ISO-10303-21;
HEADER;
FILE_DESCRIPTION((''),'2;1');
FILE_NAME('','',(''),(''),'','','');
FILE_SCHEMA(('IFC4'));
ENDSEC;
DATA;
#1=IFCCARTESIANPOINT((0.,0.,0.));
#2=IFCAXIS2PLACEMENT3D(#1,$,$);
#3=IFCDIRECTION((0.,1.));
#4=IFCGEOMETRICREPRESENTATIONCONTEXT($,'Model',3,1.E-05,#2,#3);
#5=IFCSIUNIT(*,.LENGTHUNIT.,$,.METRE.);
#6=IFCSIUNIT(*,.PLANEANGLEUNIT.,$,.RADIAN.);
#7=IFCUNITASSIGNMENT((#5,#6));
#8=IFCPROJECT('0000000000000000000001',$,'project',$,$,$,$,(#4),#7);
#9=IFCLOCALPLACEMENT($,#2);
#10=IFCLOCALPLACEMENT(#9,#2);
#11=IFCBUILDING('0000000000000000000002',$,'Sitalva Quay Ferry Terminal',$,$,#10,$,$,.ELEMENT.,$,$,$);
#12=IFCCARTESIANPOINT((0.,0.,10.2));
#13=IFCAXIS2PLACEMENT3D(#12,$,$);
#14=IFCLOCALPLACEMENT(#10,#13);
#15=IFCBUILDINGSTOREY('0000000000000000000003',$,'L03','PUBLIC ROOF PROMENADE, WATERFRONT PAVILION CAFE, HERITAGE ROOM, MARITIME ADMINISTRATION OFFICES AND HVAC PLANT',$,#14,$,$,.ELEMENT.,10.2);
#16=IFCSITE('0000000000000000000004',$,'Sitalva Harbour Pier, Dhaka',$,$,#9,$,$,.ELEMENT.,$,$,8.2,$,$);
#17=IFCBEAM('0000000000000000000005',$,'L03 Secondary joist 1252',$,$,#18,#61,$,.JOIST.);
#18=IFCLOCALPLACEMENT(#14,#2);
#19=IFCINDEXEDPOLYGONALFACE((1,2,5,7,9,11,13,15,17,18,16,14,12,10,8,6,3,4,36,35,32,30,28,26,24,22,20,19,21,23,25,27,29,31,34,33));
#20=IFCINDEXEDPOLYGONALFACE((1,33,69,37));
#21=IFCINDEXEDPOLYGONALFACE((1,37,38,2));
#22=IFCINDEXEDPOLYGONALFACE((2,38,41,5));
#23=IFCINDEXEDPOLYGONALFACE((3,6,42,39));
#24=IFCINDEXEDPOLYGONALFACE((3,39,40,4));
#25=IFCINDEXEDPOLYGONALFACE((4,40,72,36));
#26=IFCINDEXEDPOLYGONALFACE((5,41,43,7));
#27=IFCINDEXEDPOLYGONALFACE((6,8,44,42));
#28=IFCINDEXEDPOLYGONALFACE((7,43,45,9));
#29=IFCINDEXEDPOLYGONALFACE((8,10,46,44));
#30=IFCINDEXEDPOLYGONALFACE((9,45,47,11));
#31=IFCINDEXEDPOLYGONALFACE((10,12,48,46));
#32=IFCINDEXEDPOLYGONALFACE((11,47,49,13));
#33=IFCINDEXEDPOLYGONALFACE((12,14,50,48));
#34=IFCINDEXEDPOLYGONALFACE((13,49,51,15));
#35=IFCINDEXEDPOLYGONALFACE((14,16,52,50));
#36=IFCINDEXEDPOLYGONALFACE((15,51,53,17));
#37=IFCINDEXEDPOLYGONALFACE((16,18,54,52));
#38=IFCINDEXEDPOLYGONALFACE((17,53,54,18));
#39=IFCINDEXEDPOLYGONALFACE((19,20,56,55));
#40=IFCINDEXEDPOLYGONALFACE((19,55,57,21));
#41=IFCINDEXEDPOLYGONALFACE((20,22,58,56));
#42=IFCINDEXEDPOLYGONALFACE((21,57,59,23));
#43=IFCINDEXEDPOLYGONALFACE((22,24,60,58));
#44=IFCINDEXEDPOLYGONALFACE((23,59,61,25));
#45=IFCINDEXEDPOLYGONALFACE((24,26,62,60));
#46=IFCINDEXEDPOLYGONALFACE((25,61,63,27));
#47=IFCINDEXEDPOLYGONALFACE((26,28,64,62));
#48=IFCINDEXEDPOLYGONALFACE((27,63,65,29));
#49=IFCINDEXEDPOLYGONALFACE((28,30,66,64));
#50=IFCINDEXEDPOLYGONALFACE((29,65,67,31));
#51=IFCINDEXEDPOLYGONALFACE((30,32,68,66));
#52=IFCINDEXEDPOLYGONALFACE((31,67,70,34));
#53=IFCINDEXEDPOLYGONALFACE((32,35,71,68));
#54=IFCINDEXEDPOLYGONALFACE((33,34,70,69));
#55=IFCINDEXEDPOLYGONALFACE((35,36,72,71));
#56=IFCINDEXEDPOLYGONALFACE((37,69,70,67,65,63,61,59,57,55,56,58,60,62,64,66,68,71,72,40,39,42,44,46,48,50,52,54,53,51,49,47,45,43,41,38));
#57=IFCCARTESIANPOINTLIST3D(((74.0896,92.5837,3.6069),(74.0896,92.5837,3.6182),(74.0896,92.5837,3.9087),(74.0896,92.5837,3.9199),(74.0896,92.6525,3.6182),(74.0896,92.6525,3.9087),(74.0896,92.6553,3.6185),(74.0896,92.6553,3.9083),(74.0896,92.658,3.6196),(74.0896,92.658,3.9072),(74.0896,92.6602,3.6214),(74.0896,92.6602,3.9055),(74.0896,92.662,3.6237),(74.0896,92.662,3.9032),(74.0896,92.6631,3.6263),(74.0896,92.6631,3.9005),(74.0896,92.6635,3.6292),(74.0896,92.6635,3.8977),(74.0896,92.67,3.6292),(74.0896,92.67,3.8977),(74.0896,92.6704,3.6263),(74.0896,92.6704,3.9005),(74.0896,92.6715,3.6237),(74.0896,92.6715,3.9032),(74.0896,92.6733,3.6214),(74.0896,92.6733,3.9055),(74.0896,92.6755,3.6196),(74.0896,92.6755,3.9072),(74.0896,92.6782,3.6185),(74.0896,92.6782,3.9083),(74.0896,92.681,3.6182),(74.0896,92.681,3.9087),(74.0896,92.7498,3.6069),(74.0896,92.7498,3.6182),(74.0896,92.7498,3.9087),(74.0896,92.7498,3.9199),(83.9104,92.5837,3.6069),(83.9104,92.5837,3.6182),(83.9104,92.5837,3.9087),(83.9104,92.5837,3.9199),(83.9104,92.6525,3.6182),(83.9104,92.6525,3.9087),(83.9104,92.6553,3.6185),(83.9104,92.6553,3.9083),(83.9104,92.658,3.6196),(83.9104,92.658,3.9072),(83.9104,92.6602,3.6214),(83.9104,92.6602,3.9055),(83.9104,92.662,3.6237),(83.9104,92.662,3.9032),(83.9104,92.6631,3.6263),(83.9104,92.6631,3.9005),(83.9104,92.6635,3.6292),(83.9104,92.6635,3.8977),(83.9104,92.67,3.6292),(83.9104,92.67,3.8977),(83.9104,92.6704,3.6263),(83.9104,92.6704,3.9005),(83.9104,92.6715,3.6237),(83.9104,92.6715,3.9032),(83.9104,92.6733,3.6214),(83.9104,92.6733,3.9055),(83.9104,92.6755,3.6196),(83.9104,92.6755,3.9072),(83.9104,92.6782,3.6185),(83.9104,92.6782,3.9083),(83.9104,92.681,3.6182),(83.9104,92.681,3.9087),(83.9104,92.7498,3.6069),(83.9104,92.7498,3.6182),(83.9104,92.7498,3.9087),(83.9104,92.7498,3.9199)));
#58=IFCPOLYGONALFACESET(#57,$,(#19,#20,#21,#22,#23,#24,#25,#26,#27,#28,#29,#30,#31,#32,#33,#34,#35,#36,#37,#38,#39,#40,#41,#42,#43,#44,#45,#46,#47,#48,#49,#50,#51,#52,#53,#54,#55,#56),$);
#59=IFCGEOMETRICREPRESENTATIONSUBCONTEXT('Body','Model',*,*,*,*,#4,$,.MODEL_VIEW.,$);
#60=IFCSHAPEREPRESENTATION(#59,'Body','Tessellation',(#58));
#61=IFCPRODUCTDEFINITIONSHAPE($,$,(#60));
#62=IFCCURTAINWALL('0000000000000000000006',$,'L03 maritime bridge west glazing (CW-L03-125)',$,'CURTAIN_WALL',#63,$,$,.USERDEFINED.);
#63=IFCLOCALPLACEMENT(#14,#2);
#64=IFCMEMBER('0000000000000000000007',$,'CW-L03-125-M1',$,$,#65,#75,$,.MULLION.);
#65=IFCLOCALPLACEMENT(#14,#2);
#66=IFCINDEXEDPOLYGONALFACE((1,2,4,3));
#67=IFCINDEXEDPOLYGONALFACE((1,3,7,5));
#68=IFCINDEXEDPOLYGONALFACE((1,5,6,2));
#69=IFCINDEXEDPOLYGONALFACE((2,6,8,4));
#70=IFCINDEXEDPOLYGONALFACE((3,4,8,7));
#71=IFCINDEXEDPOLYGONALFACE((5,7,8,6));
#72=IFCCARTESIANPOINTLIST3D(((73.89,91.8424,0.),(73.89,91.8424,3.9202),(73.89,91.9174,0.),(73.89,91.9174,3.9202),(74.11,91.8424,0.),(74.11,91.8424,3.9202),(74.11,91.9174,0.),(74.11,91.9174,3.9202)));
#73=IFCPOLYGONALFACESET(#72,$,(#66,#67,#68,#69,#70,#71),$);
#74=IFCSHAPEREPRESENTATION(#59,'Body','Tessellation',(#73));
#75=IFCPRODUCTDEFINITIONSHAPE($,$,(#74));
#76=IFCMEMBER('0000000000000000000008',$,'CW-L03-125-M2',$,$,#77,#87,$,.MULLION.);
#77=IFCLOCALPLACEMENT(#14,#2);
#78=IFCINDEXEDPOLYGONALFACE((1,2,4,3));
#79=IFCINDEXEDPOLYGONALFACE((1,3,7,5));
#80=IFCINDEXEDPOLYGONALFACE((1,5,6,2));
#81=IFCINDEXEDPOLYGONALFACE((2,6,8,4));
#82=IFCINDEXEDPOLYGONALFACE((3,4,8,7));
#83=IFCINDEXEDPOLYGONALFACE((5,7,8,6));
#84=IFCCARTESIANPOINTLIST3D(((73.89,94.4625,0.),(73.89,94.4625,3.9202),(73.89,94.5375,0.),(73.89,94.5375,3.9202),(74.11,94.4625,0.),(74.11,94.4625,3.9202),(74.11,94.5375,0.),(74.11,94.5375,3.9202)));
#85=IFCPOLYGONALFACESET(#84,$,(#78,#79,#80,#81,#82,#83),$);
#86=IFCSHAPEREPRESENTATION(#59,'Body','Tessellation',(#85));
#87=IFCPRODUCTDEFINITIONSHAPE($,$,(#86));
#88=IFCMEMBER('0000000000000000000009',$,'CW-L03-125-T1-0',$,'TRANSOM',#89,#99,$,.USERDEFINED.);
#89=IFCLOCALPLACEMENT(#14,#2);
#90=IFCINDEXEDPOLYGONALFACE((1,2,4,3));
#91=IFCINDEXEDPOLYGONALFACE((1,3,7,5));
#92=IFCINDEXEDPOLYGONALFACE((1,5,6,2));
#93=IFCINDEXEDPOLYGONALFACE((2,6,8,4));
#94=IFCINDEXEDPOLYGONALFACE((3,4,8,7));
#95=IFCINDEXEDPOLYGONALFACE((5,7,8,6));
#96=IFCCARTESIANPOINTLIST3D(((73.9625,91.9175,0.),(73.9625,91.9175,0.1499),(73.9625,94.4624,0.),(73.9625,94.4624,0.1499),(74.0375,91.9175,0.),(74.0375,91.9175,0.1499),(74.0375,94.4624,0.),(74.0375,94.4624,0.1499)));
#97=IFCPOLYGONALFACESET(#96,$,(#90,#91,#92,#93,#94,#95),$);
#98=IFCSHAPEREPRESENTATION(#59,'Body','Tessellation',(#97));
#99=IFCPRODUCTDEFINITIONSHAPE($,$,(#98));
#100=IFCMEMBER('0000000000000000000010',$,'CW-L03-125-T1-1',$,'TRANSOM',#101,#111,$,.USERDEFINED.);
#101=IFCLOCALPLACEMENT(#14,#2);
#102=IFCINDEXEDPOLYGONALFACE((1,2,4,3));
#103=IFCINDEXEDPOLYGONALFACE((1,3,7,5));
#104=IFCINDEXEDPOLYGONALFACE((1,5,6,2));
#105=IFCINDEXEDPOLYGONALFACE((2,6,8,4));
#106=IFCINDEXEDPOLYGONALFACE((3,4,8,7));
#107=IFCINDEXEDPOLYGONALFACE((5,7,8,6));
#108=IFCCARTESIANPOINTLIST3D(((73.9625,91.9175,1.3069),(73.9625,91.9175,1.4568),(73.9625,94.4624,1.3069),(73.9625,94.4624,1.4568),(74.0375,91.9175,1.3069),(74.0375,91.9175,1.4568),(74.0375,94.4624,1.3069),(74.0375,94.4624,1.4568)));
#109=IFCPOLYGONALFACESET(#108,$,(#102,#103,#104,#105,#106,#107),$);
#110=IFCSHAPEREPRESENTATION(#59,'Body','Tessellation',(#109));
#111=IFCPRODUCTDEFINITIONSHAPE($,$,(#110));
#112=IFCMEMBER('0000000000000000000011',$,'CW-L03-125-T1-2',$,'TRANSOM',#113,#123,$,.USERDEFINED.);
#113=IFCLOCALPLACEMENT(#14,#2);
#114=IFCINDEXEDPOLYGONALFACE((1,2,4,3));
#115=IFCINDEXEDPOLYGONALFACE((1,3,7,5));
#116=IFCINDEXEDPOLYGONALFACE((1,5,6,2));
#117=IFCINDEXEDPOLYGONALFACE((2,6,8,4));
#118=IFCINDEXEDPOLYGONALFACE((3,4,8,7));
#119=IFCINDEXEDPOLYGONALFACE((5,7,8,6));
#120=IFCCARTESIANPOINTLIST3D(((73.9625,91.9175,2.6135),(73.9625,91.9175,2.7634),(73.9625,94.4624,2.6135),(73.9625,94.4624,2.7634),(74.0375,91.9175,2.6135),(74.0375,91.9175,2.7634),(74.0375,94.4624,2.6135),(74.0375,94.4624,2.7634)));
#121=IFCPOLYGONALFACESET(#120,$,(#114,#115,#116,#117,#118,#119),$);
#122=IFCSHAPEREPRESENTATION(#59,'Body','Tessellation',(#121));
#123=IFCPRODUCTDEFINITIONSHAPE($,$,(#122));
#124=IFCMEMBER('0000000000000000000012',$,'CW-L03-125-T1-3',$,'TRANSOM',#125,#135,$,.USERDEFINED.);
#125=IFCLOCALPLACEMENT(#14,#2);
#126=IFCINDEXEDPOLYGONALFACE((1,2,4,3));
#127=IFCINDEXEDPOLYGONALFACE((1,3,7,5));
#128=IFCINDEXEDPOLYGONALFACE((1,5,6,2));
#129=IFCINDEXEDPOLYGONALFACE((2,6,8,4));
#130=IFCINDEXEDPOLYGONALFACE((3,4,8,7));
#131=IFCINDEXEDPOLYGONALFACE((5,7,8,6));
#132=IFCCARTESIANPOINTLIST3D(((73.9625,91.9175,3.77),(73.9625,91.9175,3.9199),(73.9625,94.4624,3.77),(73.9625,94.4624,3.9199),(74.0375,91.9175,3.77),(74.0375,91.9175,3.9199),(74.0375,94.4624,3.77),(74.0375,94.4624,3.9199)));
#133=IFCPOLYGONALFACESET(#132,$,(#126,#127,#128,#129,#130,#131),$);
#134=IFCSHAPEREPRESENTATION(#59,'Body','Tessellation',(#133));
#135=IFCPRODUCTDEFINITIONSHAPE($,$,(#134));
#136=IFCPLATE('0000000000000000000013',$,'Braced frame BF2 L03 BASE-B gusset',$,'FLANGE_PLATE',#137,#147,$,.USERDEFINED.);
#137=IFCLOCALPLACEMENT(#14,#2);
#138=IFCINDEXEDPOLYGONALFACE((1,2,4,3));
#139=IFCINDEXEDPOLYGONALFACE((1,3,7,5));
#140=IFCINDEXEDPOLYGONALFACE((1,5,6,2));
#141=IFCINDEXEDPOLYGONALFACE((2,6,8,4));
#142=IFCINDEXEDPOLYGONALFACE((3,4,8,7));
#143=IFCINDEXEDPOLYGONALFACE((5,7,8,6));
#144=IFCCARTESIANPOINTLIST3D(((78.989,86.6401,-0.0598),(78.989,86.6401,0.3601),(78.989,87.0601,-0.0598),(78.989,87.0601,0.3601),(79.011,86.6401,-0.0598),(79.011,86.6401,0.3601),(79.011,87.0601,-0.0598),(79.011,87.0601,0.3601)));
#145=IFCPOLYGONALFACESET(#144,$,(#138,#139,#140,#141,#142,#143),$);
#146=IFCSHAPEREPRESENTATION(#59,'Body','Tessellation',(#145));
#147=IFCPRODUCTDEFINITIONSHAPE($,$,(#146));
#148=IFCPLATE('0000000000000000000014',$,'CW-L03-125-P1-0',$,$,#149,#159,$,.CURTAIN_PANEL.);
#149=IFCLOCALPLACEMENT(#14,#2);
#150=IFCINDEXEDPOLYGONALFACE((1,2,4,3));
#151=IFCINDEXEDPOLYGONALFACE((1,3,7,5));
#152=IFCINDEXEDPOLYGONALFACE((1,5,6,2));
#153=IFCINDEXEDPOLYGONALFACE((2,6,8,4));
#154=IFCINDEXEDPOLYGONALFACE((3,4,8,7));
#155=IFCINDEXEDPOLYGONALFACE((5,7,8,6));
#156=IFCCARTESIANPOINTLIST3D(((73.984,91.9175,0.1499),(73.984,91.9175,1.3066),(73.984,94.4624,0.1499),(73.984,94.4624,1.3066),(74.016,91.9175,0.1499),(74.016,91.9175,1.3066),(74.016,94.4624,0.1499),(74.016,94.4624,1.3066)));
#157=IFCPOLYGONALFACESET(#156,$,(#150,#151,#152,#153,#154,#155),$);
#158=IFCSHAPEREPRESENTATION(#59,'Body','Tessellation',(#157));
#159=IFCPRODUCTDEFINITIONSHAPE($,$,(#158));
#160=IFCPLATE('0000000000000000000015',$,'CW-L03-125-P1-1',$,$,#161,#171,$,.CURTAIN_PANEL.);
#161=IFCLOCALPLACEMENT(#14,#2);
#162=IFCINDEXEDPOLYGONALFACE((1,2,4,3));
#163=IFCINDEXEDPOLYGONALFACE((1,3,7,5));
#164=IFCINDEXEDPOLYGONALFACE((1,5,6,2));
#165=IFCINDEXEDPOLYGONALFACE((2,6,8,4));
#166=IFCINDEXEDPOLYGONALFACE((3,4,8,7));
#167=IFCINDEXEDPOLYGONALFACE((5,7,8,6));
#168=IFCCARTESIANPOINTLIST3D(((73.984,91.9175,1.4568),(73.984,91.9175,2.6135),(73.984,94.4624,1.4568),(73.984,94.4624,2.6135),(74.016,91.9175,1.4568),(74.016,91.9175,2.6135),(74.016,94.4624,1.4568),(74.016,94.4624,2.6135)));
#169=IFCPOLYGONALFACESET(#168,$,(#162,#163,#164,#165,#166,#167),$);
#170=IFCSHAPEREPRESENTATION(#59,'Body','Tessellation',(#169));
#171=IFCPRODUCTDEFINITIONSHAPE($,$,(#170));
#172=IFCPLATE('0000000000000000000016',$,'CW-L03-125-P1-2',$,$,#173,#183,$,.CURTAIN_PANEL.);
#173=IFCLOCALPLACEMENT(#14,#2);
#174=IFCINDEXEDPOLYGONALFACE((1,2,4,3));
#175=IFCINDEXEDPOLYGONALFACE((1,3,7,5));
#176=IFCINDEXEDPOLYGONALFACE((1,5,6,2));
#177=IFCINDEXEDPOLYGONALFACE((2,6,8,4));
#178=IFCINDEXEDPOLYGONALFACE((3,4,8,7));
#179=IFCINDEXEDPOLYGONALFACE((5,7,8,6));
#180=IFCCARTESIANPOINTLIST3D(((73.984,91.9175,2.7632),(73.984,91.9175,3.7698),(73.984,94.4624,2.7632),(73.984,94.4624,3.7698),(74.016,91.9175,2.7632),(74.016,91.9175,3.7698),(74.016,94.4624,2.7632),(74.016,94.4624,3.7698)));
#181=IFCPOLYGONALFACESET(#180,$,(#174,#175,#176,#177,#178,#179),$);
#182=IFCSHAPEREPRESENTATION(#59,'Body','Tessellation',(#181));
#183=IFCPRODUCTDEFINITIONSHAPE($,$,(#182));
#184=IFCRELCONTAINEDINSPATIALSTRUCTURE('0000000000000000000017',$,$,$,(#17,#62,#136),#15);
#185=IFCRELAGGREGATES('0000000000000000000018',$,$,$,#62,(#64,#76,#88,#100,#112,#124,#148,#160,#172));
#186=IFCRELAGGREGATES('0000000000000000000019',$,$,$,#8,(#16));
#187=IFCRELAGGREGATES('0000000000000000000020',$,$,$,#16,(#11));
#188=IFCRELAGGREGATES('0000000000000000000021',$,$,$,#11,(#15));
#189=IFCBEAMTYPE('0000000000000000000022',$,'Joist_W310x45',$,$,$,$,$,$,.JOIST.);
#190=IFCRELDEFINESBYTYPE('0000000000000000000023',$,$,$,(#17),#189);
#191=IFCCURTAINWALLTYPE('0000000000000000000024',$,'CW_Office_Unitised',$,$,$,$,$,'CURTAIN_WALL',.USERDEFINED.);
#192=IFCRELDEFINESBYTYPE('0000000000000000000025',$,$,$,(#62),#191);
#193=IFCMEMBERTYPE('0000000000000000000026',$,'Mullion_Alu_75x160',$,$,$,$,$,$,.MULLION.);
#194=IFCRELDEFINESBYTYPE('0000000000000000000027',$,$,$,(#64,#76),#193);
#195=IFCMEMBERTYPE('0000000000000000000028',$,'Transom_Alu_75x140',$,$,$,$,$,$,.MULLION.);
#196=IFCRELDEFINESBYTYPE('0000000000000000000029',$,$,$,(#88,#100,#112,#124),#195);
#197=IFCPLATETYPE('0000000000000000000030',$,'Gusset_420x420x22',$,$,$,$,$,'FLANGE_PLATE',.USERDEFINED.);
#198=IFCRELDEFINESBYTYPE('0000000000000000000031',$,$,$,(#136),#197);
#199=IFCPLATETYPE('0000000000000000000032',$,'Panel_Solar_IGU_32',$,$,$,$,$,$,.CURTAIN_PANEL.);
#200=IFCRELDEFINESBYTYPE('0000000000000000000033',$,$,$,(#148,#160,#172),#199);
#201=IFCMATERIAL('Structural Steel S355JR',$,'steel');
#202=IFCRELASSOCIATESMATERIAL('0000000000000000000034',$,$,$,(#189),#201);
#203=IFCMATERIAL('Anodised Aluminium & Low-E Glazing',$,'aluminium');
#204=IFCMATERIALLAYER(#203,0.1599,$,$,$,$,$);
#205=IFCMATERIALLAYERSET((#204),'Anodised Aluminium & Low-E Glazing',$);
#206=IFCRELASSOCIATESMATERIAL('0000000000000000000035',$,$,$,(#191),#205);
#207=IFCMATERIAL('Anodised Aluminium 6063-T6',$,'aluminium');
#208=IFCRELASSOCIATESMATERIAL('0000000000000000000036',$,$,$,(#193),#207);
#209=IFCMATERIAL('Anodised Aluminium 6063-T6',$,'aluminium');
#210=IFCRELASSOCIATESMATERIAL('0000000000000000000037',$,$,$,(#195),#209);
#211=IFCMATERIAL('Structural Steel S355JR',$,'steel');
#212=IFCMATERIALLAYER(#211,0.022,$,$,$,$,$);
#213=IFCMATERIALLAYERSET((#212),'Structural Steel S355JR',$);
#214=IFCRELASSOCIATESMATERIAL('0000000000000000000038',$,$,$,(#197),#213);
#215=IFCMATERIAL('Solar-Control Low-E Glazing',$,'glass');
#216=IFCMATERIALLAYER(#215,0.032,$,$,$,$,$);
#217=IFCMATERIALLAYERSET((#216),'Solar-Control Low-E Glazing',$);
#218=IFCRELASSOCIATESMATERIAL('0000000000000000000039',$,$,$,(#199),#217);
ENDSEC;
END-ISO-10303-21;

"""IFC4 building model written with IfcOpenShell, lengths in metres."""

from ifc_helpers import new_model, si_unit, direction, frame, origin, origin_2d, place, context, subcontext, project, spatial, rectangle, i_section, extrude, material, layer, layer_set, material_profile, profile_set, type_object, element, aggregate, save


model = new_model("IFC4")

# Units and contexts
model_context = context("Model", 3, precision=1e-05, world=origin(), true_north=direction((0.0, 1.0)))
body_context = subcontext(model_context, "Body", "Model", "MODEL_VIEW")
ifc_project = project(units=[si_unit("LENGTHUNIT", "METRE"), si_unit("PLANEANGLEUNIT", "RADIAN")], contexts=[model_context])

# Site, building, storey
site_placement = place(None, origin())
site = spatial("IfcSite", under=ifc_project, at=site_placement, Name="Sitalva Harbour Pier, Dhaka", CompositionType="ELEMENT", RefElevation=8.2)
building_placement = place(site_placement, origin())
building = spatial("IfcBuilding", under=site, at=building_placement, Name="Sitalva Quay Ferry Terminal", CompositionType="ELEMENT")
storey_placement = place(building_placement, frame((0.0, 0.0, 10.2)))
storey = spatial("IfcBuildingStorey", under=building, at=storey_placement, Name="L03", Description="PUBLIC ROOF PROMENADE, WATERFRONT PAVILION CAFE, HERITAGE ROOM, MARITIME ADMINISTRATION OFFICES AND HVAC PLANT", CompositionType="ELEMENT", Elevation=10.2)

# Beam
ifc_material_1 = material(Name="Structural Steel S355JR", Category="steel")
ifc_material_profile_1 = material_profile(ifc_material_1, i_section(OverallWidth=0.166, OverallDepth=0.313, WebThickness=0.0066, FlangeThickness=0.0112, FilletRadius=0.011, at=origin_2d()), Name="W310x45")
ifc_profile_set_1 = profile_set([ifc_material_profile_1], Name="Structural Steel S355JR")
beam_type_1 = type_object("IfcBeamType", Name="Joist_W310x45", PredefinedType="JOIST", material=ifc_profile_set_1)
beam_1_placement = place(storey_placement, frame((74.0896, 92.6667, 3.7634), z_axis=(1.0, 0.0, 0.0), x_axis=(0.0, 1.0, 0.0)))
element("IfcBeam", 1, at=beam_1_placement, inside=storey, type_object=beam_type_1, Name="L03 Secondary joist 1252", PredefinedType="JOIST", context=body_context, shape_type="SweptSolid", body=[
    extrude(i_section(OverallWidth=0.166, OverallDepth=0.313, WebThickness=0.0066, FlangeThickness=0.0112, FilletRadius=0.011, at=origin_2d()), origin(), (0.0, 0.0, 1.0), 9.8208),
])

# Curtain wall, members
ifc_material_2 = material(Name="Anodised Aluminium & Low-E Glazing", Category="aluminium")
ifc_layer_1 = layer(ifc_material_2, 0.1599)
ifc_layer_set_1 = layer_set([ifc_layer_1], Name="Anodised Aluminium & Low-E Glazing")
curtain_wall_type = type_object("IfcCurtainWallType", Name="CW_Office_Unitised", ElementType="CURTAIN_WALL", PredefinedType="USERDEFINED", material=ifc_layer_set_1)
curtain_wall_placement = place(storey_placement, origin())
curtain_wall = element("IfcCurtainWall", 2, at=curtain_wall_placement, inside=storey, type_object=curtain_wall_type, Name="L03 maritime bridge west glazing (CW-L03-125)", ObjectType="CURTAIN_WALL", PredefinedType="USERDEFINED")
ifc_material_3 = material(Name="Anodised Aluminium 6063-T6", Category="aluminium")
ifc_material_profile_2 = material_profile(ifc_material_3, rectangle(XDim=0.075, YDim=0.22, at=origin_2d()), Name="ALU75x220")
ifc_profile_set_2 = profile_set([ifc_material_profile_2], Name="Anodised Aluminium 6063-T6")
member_type_1 = type_object("IfcMemberType", Name="Mullion_Alu_75x160", PredefinedType="MULLION", material=ifc_profile_set_2)
member_1_placement = place(storey_placement, frame((74.0, 91.8799, 0.0), z_axis=(0.0, 0.0, 1.0), x_axis=(0.0, 1.0, 0.0)))
member_1 = element("IfcMember", 3, at=member_1_placement, type_object=member_type_1, Name="CW-L03-125-M1", PredefinedType="MULLION", context=body_context, shape_type="SweptSolid", body=[
    extrude(rectangle(XDim=0.075, YDim=0.22, at=origin_2d()), origin(), (0.0, 0.0, 1.0), 3.9202),
])
member_2_placement = place(storey_placement, frame((74.0, 94.5, 0.0), z_axis=(0.0, 0.0, 1.0), x_axis=(0.0, 1.0, 0.0)))
member_2 = element("IfcMember", 4, at=member_2_placement, type_object=member_type_1, Name="CW-L03-125-M2", PredefinedType="MULLION", context=body_context, shape_type="SweptSolid", body=[
    extrude(rectangle(XDim=0.075, YDim=0.22, at=origin_2d()), origin(), (0.0, 0.0, 1.0), 3.9202),
])
ifc_material_4 = material(Name="Anodised Aluminium 6063-T6", Category="aluminium")
ifc_material_profile_3 = material_profile(ifc_material_4, rectangle(XDim=0.075, YDim=0.1499, at=origin_2d()), Name="ALU75x150")
ifc_profile_set_3 = profile_set([ifc_material_profile_3], Name="Anodised Aluminium 6063-T6")
member_type_2 = type_object("IfcMemberType", Name="Transom_Alu_75x140", PredefinedType="MULLION", material=ifc_profile_set_3)
member_3_placement = place(storey_placement, frame((74.0, 91.9175, 0.075), z_axis=(0.0, 1.0, 0.0), x_axis=(-1.0, 0.0, 0.0)))
member_3 = element("IfcMember", 5, at=member_3_placement, type_object=member_type_2, Name="CW-L03-125-T1-0", ObjectType="TRANSOM", PredefinedType="USERDEFINED", context=body_context, shape_type="SweptSolid", body=[
    extrude(rectangle(XDim=0.075, YDim=0.1499, at=origin_2d()), origin(), (0.0, 0.0, 1.0), 2.5449),
])
member_4_placement = place(storey_placement, frame((74.0, 91.9175, 1.3818), z_axis=(0.0, 1.0, 0.0), x_axis=(-1.0, 0.0, 0.0)))
member_4 = element("IfcMember", 6, at=member_4_placement, type_object=member_type_2, Name="CW-L03-125-T1-1", ObjectType="TRANSOM", PredefinedType="USERDEFINED", context=body_context, shape_type="SweptSolid", body=[
    extrude(rectangle(XDim=0.075, YDim=0.1499, at=origin_2d()), origin(), (0.0, 0.0, 1.0), 2.5449),
])
member_5_placement = place(storey_placement, frame((74.0, 91.9175, 2.6885), z_axis=(0.0, 1.0, 0.0), x_axis=(-1.0, 0.0, 0.0)))
member_5 = element("IfcMember", 7, at=member_5_placement, type_object=member_type_2, Name="CW-L03-125-T1-2", ObjectType="TRANSOM", PredefinedType="USERDEFINED", context=body_context, shape_type="SweptSolid", body=[
    extrude(rectangle(XDim=0.075, YDim=0.1499, at=origin_2d()), origin(), (0.0, 0.0, 1.0), 2.5449),
])
member_6_placement = place(storey_placement, frame((74.0, 91.9175, 3.845), z_axis=(0.0, 1.0, 0.0), x_axis=(-1.0, 0.0, 0.0)))
member_6 = element("IfcMember", 8, at=member_6_placement, type_object=member_type_2, Name="CW-L03-125-T1-3", ObjectType="TRANSOM", PredefinedType="USERDEFINED", context=body_context, shape_type="SweptSolid", body=[
    extrude(rectangle(XDim=0.075, YDim=0.1499, at=origin_2d()), origin(), (0.0, 0.0, 1.0), 2.5449),
])

# Plates
ifc_material_5 = material(Name="Structural Steel S355JR", Category="steel")
ifc_layer_2 = layer(ifc_material_5, 0.022)
ifc_layer_set_2 = layer_set([ifc_layer_2], Name="Structural Steel S355JR")
plate_type_1 = type_object("IfcPlateType", Name="Gusset_420x420x22", ElementType="FLANGE_PLATE", PredefinedType="USERDEFINED", material=ifc_layer_set_2)
plate_1_placement = place(storey_placement, frame((79.0, 86.8501, -0.0598), z_axis=(0.0, 0.0, 1.0), x_axis=(1.0, 0.0, 0.0)))
element("IfcPlate", 9, at=plate_1_placement, inside=storey, type_object=plate_type_1, Name="Braced frame BF2 L03 BASE-B gusset", ObjectType="FLANGE_PLATE", PredefinedType="USERDEFINED", context=body_context, shape_type="SweptSolid", body=[
    extrude(rectangle(XDim=0.022, YDim=0.4199, at=origin_2d()), origin(), (0.0, 0.0, 1.0), 0.4199),
])
ifc_material_6 = material(Name="Solar-Control Low-E Glazing", Category="glass")
ifc_layer_3 = layer(ifc_material_6, 0.032)
ifc_layer_set_3 = layer_set([ifc_layer_3], Name="Solar-Control Low-E Glazing")
plate_type_2 = type_object("IfcPlateType", Name="Panel_Solar_IGU_32", PredefinedType="CURTAIN_PANEL", material=ifc_layer_set_3)
plate_2_placement = place(storey_placement, frame((74.0, 93.1899, 0.1499), z_axis=(0.0, 0.0, 1.0), x_axis=(0.0, 1.0, 0.0)))
plate_2 = element("IfcPlate", 10, at=plate_2_placement, type_object=plate_type_2, Name="CW-L03-125-P1-0", PredefinedType="CURTAIN_PANEL", context=body_context, shape_type="SweptSolid", body=[
    extrude(rectangle(XDim=2.5449, YDim=0.032, at=origin_2d()), origin(), (0.0, 0.0, 1.0), 1.1567),
])
plate_3_placement = place(storey_placement, frame((74.0, 93.1899, 1.4568), z_axis=(0.0, 0.0, 1.0), x_axis=(0.0, 1.0, 0.0)))
plate_3 = element("IfcPlate", 11, at=plate_3_placement, type_object=plate_type_2, Name="CW-L03-125-P1-1", PredefinedType="CURTAIN_PANEL", context=body_context, shape_type="SweptSolid", body=[
    extrude(rectangle(XDim=2.5449, YDim=0.032, at=origin_2d()), origin(), (0.0, 0.0, 1.0), 1.1567),
])
plate_4_placement = place(storey_placement, frame((74.0, 93.1899, 2.7632), z_axis=(0.0, 0.0, 1.0), x_axis=(0.0, 1.0, 0.0)))
plate_4 = element("IfcPlate", 12, at=plate_4_placement, type_object=plate_type_2, Name="CW-L03-125-P1-2", PredefinedType="CURTAIN_PANEL", context=body_context, shape_type="SweptSolid", body=[
    extrude(rectangle(XDim=2.5449, YDim=0.032, at=origin_2d()), origin(), (0.0, 0.0, 1.0), 1.0066),
])
aggregate(curtain_wall, [member_1, member_2, member_3, member_4, member_5, member_6, plate_2, plate_3, plate_4])

save(model, "model.ifc")
